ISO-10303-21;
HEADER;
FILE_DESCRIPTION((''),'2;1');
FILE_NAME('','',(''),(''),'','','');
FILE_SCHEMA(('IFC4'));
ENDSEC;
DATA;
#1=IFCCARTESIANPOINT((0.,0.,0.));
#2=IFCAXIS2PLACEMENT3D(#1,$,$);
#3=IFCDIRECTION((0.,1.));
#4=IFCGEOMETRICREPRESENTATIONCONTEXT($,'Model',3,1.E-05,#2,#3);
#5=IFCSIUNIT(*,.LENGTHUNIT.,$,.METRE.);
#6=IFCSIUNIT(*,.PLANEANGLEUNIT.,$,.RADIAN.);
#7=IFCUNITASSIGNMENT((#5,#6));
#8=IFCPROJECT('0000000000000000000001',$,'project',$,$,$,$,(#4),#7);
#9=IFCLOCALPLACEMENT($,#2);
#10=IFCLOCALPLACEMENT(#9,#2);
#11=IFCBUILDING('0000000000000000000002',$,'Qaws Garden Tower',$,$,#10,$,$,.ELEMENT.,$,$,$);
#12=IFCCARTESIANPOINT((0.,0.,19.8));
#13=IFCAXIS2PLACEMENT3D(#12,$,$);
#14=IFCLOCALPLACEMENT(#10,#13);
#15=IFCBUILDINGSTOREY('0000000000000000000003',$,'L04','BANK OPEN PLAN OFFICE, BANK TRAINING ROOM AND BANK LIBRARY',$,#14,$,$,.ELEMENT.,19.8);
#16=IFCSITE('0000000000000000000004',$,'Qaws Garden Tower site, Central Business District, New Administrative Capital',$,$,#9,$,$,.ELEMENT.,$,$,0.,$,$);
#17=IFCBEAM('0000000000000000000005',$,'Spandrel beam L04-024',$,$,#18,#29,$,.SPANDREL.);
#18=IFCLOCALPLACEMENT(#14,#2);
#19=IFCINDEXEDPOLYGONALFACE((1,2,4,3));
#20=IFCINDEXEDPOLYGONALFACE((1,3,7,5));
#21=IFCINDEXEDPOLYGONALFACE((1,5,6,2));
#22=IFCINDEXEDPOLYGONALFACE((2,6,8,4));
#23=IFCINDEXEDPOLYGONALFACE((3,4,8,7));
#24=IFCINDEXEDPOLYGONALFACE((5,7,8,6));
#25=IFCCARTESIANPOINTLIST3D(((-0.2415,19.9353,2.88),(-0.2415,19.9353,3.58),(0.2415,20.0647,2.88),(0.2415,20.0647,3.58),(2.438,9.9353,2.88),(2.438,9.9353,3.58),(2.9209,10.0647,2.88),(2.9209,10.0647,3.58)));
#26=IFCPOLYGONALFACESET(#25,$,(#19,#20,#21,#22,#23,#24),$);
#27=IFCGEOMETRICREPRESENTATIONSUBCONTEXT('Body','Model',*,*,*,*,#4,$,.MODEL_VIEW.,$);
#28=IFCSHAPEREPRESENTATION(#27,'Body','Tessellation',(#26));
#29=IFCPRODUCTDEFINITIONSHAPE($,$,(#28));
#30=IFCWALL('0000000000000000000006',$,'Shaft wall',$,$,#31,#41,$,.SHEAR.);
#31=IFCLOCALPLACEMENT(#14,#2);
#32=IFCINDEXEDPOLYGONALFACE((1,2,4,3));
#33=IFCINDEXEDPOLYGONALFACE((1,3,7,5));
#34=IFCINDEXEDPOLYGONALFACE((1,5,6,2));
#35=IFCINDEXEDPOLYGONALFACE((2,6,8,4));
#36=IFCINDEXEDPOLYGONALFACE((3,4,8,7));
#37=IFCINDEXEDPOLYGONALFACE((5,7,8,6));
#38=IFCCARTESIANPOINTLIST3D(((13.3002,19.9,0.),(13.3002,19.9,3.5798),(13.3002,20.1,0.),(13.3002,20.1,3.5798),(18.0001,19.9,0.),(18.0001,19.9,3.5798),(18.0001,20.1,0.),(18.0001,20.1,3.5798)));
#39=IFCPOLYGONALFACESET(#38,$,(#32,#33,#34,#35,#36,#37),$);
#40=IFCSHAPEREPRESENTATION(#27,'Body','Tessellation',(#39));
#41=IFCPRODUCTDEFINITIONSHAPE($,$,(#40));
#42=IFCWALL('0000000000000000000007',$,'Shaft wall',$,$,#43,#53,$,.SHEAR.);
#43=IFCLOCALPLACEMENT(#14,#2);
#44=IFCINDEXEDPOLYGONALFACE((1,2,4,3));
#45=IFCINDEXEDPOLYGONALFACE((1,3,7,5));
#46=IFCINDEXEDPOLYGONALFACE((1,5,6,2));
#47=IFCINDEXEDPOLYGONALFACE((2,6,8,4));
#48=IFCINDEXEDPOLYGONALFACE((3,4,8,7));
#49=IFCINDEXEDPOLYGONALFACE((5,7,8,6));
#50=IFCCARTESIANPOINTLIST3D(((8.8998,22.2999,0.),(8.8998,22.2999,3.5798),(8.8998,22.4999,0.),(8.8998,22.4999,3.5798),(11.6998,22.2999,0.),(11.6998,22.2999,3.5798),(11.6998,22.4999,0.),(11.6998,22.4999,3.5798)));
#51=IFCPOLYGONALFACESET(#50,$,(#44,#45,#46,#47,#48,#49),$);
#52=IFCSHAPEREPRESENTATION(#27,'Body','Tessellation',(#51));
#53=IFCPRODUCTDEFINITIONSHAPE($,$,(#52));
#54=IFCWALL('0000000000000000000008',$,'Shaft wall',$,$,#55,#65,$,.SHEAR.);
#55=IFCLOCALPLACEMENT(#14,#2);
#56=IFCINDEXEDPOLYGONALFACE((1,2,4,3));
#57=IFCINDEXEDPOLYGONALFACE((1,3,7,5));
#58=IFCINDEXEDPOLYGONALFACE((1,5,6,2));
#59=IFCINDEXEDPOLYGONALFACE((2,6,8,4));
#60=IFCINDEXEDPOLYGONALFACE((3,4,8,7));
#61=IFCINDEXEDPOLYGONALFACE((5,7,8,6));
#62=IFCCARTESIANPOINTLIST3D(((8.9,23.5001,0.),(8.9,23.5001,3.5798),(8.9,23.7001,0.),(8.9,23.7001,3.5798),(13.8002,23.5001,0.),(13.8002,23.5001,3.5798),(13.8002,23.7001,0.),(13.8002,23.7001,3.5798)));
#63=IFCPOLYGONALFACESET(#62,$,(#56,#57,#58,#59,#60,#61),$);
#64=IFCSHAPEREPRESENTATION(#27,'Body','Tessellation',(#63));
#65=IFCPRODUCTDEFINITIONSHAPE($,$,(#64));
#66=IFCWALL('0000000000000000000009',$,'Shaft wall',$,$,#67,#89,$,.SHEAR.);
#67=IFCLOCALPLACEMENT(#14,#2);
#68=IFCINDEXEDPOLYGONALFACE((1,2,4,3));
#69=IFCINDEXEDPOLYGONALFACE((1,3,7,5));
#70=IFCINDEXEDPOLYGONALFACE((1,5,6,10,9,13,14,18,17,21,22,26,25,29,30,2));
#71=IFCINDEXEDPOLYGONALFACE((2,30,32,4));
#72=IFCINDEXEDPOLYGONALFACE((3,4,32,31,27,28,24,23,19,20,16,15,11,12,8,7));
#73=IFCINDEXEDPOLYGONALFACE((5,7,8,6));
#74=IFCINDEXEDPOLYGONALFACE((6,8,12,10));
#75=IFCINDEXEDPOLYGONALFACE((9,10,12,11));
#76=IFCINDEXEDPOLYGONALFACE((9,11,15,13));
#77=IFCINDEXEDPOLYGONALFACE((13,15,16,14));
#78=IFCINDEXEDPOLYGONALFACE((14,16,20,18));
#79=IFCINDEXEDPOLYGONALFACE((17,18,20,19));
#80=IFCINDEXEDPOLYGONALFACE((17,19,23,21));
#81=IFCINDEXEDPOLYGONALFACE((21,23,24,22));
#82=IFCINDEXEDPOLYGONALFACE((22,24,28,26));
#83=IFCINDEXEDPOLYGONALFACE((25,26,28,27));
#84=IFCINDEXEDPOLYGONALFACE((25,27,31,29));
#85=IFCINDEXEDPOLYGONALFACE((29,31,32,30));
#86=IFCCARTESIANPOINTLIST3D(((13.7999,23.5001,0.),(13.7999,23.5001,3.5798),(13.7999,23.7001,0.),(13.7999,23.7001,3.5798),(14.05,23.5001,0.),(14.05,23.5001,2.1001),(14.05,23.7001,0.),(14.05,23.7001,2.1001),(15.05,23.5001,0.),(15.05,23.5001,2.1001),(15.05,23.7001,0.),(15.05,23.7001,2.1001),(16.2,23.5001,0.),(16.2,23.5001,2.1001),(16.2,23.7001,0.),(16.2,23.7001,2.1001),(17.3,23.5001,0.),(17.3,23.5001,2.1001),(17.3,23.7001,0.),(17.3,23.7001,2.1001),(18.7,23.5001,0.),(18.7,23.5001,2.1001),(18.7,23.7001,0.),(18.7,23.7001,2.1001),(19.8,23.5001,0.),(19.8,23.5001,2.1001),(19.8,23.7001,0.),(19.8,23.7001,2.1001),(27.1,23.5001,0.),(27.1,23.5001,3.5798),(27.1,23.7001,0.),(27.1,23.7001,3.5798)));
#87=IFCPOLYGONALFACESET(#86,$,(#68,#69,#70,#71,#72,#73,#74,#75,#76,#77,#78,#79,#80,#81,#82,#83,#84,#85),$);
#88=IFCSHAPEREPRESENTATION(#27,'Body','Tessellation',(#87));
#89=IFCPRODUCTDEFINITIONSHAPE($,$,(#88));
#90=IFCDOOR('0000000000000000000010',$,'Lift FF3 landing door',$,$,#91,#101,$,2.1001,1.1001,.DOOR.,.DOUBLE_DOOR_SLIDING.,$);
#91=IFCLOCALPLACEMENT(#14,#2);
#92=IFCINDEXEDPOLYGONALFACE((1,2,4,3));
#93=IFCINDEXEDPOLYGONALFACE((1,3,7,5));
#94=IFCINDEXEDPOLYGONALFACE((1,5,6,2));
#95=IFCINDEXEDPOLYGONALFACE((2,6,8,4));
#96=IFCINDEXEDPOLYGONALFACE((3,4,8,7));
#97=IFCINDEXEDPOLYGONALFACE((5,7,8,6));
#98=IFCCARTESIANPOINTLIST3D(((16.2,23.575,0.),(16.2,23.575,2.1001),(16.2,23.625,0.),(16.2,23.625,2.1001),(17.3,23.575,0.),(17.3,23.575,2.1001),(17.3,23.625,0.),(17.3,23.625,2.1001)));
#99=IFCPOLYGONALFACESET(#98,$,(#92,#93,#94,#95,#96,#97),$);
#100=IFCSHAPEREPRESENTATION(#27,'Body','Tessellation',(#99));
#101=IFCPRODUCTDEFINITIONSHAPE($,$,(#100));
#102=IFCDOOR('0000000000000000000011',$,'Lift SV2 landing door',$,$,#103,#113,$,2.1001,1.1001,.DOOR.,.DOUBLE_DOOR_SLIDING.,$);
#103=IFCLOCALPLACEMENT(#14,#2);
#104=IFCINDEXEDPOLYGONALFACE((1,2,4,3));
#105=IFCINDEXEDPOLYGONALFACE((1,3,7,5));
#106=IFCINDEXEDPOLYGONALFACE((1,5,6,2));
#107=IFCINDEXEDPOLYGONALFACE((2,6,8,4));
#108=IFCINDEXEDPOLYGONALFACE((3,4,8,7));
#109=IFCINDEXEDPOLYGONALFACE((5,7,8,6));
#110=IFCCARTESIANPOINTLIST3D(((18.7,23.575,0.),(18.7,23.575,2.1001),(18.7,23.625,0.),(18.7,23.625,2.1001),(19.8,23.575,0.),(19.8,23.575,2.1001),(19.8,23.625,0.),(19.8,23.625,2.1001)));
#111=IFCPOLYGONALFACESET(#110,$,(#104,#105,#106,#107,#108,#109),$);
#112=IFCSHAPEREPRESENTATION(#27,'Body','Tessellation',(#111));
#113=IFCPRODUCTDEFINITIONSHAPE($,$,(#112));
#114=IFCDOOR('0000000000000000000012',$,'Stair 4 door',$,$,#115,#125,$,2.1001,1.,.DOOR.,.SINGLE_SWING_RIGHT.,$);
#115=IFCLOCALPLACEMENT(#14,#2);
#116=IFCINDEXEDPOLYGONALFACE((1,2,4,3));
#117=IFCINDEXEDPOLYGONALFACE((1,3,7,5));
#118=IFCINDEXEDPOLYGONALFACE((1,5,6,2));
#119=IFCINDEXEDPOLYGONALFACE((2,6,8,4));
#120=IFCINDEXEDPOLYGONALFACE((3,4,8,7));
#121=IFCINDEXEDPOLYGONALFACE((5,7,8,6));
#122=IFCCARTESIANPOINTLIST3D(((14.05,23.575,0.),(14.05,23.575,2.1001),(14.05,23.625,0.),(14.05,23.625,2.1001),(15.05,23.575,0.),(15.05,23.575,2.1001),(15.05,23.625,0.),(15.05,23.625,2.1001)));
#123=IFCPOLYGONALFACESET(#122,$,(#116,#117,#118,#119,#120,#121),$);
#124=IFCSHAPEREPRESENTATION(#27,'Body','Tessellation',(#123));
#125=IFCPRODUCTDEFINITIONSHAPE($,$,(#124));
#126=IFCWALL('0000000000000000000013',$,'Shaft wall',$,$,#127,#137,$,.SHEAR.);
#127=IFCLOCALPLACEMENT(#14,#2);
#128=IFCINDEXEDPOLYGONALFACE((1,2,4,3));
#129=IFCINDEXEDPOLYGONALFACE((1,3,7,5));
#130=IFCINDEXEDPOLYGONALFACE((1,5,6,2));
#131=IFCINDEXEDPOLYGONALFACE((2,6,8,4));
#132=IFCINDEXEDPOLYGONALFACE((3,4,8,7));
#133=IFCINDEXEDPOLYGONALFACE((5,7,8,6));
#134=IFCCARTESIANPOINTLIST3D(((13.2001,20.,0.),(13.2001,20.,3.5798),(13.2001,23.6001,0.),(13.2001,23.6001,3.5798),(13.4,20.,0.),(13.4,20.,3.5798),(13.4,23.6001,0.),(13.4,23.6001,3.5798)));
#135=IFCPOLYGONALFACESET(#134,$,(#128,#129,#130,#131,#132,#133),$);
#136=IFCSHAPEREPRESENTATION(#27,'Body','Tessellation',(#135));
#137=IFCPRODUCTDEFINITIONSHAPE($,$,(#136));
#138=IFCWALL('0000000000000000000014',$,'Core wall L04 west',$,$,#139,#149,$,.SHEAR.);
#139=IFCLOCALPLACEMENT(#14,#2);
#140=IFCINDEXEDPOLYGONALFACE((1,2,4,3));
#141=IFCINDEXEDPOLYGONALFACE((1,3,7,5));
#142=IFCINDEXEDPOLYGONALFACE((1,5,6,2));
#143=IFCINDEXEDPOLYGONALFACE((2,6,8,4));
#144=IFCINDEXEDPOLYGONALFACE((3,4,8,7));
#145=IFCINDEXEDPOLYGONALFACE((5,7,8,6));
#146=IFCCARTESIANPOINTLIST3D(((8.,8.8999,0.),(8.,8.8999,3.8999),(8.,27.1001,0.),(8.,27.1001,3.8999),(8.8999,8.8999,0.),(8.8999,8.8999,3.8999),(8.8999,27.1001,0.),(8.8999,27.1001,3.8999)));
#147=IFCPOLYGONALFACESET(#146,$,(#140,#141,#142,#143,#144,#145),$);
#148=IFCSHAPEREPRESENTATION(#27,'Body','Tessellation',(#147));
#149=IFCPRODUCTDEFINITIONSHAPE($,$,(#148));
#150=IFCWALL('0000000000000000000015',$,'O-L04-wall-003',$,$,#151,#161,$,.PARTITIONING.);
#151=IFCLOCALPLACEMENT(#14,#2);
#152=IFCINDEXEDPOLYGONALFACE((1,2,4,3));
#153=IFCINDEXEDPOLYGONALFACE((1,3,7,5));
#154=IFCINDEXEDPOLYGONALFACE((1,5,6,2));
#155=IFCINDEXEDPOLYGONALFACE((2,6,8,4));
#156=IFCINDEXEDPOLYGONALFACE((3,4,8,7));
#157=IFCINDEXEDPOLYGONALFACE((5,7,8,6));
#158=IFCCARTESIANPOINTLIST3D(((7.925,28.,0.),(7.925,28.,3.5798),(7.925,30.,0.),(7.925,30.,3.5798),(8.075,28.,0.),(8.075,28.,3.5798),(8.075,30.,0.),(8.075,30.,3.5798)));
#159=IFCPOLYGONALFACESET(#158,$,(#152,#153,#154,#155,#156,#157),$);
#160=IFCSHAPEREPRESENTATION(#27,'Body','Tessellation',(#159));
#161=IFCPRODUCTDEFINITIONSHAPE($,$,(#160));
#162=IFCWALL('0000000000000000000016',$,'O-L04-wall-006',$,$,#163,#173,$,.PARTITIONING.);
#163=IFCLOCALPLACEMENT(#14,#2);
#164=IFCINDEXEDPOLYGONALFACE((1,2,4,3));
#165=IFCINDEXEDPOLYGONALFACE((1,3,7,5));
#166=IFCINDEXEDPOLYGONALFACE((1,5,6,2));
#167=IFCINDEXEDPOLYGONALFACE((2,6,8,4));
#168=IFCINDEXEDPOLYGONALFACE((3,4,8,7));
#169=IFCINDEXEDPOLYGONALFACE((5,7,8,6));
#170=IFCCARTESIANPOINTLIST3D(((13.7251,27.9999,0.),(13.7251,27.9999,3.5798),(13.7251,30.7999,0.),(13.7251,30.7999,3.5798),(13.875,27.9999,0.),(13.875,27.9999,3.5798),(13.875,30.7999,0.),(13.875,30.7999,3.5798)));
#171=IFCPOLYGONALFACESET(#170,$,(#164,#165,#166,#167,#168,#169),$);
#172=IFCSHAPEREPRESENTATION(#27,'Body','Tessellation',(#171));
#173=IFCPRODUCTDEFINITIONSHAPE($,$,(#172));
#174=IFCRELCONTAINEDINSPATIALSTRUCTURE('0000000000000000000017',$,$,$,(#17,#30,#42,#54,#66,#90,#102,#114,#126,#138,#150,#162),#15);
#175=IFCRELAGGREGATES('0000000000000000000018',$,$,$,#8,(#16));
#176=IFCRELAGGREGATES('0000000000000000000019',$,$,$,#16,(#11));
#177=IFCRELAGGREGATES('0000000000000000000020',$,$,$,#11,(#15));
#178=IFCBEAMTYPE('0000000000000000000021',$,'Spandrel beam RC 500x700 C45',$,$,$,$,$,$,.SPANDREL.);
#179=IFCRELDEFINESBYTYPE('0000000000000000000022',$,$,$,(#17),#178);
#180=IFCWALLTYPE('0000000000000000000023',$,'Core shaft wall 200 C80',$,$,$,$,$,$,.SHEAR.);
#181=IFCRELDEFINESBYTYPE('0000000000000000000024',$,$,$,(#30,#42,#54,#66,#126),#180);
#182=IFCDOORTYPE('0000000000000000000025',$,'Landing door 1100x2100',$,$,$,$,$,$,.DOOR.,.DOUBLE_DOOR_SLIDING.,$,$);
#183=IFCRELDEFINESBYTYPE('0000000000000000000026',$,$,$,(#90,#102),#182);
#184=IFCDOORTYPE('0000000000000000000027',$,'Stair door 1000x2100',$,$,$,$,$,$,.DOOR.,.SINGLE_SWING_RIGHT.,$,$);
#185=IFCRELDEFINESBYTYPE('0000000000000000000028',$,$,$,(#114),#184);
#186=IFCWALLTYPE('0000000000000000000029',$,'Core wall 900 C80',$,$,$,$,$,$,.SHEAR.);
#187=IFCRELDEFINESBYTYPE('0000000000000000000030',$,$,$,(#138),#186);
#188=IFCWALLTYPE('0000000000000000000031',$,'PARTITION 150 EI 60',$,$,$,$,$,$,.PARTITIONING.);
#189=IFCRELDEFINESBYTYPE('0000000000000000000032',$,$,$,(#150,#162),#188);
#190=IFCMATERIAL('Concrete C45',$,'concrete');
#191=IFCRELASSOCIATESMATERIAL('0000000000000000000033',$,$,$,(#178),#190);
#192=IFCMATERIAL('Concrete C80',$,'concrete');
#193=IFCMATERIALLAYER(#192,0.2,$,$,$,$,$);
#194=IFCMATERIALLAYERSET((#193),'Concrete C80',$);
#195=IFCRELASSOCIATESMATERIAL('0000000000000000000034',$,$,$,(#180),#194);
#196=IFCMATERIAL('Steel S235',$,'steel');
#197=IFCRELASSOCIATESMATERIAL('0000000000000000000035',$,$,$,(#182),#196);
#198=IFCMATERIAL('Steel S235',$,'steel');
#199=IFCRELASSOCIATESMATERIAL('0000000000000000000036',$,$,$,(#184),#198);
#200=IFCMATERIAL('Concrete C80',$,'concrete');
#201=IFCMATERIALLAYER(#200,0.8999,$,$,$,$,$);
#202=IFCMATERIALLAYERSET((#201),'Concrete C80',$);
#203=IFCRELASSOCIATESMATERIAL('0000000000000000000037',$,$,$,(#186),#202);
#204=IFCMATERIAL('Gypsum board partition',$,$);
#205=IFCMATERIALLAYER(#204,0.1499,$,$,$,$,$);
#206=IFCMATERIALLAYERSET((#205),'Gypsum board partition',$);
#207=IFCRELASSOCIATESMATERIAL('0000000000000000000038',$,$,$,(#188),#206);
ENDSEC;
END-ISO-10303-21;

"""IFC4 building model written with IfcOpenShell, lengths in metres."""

from ifc_helpers import new_model, si_unit, direction, frame, frame_2d, origin, origin_2d, place, context, subcontext, project, spatial, rectangle, extrude, material, layer, layer_set, material_profile, profile_set, type_object, element, fill, save


model = new_model("IFC4")

# Units and contexts
model_context = context("Model", 3, precision=1e-05, world=origin(), true_north=direction((0.0, 1.0)))
body_context = subcontext(model_context, "Body", "Model", "MODEL_VIEW")
ifc_project = project(units=[si_unit("LENGTHUNIT", "METRE"), si_unit("PLANEANGLEUNIT", "RADIAN")], contexts=[model_context])

# Site, building, storey
site_placement = place(None, origin())
site = spatial("IfcSite", under=ifc_project, at=site_placement, Name="Qaws Garden Tower site, Central Business District, New Administrative Capital", CompositionType="ELEMENT", RefElevation=0.0)
building_placement = place(site_placement, origin())
building = spatial("IfcBuilding", under=site, at=building_placement, Name="Qaws Garden Tower", CompositionType="ELEMENT")
storey_placement = place(building_placement, frame((0.0, 0.0, 19.8)))
storey = spatial("IfcBuildingStorey", under=building, at=storey_placement, Name="L04", Description="BANK OPEN PLAN OFFICE, BANK TRAINING ROOM AND BANK LIBRARY", CompositionType="ELEMENT", Elevation=19.8)

# Beam
ifc_material_1 = material(Name="Concrete C45", Category="concrete")
ifc_material_profile = material_profile(ifc_material_1, rectangle(XDim=0.5, YDim=0.7, at=origin_2d()), Name="RC 500x700")
ifc_profile_set = profile_set([ifc_material_profile], Name="Concrete C45")
beam_type = type_object("IfcBeamType", Name="Spandrel beam RC 500x700 C45", PredefinedType="SPANDREL", material=ifc_profile_set)
beam_placement = place(storey_placement, frame((0.0, 20.0, 3.23), z_axis=(0.258815, -0.965927, 0.0), x_axis=(0.965927, 0.258815, 0.0)))
element("IfcBeam", 1, at=beam_placement, inside=storey, type_object=beam_type, Name="Spandrel beam L04-024", PredefinedType="SPANDREL", context=body_context, shape_type="SweptSolid", body=[
    extrude(rectangle(XDim=0.5, YDim=0.7, at=origin_2d()), origin(), (0.0, 0.0, 1.0), 10.3528),
])

# Walls
ifc_material_2 = material(Name="Concrete C80", Category="concrete")
ifc_layer_1 = layer(ifc_material_2, 0.2)
ifc_layer_set_1 = layer_set([ifc_layer_1], Name="Concrete C80")
wall_type_1 = type_object("IfcWallType", Name="Core shaft wall 200 C80", PredefinedType="SHEAR", material=ifc_layer_set_1)
wall_1_placement = place(storey_placement, frame((13.3, 20.0, 0.0), z_axis=(0.0, 0.0, 1.0), x_axis=(1.0, 0.0, 0.0)))
element("IfcWall", 2, at=wall_1_placement, inside=storey, type_object=wall_type_1, Name="Shaft wall", PredefinedType="SHEAR", context=body_context, shape_type="SweptSolid", body=[
    extrude(rectangle(XDim=4.7, YDim=0.2, at=frame_2d((2.3501, 0.0))), origin(), (0.0, 0.0, 1.0), 3.5798),
])
wall_2_placement = place(storey_placement, frame((8.8999, 22.3999, 0.0), z_axis=(0.0, 0.0, 1.0), x_axis=(1.0, 0.0, 0.0)))
element("IfcWall", 3, at=wall_2_placement, inside=storey, type_object=wall_type_1, Name="Shaft wall", PredefinedType="SHEAR", context=body_context, shape_type="SweptSolid", body=[
    extrude(rectangle(XDim=2.8, YDim=0.2, at=frame_2d((1.3999, 0.0))), origin(), (0.0, 0.0, 1.0), 3.5798),
])
wall_3_placement = place(storey_placement, frame((8.8999, 23.6001, 0.0), z_axis=(0.0, 0.0, 1.0), x_axis=(1.0, 0.0, 0.0)))
element("IfcWall", 4, at=wall_3_placement, inside=storey, type_object=wall_type_1, Name="Shaft wall", PredefinedType="SHEAR", context=body_context, shape_type="SweptSolid", body=[
    extrude(rectangle(XDim=4.9001, YDim=0.2, at=frame_2d((2.4502, 0.0))), origin(), (0.0, 0.0, 1.0), 3.5798),
])

# Wall, openings, doors
wall_4_placement = place(storey_placement, frame((13.8, 23.6001, 0.0), z_axis=(0.0, 0.0, 1.0), x_axis=(1.0, 0.0, 0.0)))
wall_4 = element("IfcWall", 5, at=wall_4_placement, inside=storey, type_object=wall_type_1, Name="Shaft wall", PredefinedType="SHEAR", context=body_context, shape_type="SweptSolid", body=[
    extrude(rectangle(XDim=13.3, YDim=0.2, at=frame_2d((6.6499, 0.0))), origin(), (0.0, 0.0, 1.0), 3.5798),
])
opening_1_placement = place(wall_4_placement, frame((2.3999, 0.0, 0.0)))
opening_1 = element("IfcOpeningElement", 6, at=opening_1_placement, cuts=wall_4, PredefinedType="OPENING", context=body_context, shape_type="SweptSolid", body=[
    extrude(rectangle(XDim=1.1001, YDim=2.1001, at=frame_2d((0.55, 1.05))), frame((0.0, 0.1099, 0.0), z_axis=(0.0, -1.0, 0.0), x_axis=(1.0, 0.0, 0.0)), (0.0, 0.0, 1.0), 0.22),
])
opening_2_placement = place(wall_4_placement, frame((4.8999, 0.0, 0.0)))
opening_2 = element("IfcOpeningElement", 7, at=opening_2_placement, cuts=wall_4, PredefinedType="OPENING", context=body_context, shape_type="SweptSolid", body=[
    extrude(rectangle(XDim=1.1001, YDim=2.1001, at=frame_2d((0.55, 1.05))), frame((0.0, 0.1099, 0.0), z_axis=(0.0, -1.0, 0.0), x_axis=(1.0, 0.0, 0.0)), (0.0, 0.0, 1.0), 0.22),
])
opening_3_placement = place(wall_4_placement, frame((0.25, 0.0, 0.0)))
opening_3 = element("IfcOpeningElement", 8, at=opening_3_placement, cuts=wall_4, PredefinedType="OPENING", context=body_context, shape_type="SweptSolid", body=[
    extrude(rectangle(XDim=1.0, YDim=2.1001, at=frame_2d((0.5, 1.05))), frame((0.0, 0.1099, 0.0), z_axis=(0.0, -1.0, 0.0), x_axis=(1.0, 0.0, 0.0)), (0.0, 0.0, 1.0), 0.22),
])
ifc_material_3 = material(Name="Steel S235", Category="steel")
door_type_1 = type_object("IfcDoorType", Name="Landing door 1100x2100", OperationType="DOUBLE_DOOR_SLIDING", PredefinedType="DOOR", material=ifc_material_3)
door_1_placement = place(opening_1_placement, origin())
door_1 = element("IfcDoor", 9, at=door_1_placement, inside=storey, type_object=door_type_1, Name="Lift FF3 landing door", OperationType="DOUBLE_DOOR_SLIDING", OverallHeight=2.1001, OverallWidth=1.1001, PredefinedType="DOOR", context=body_context, shape_type="SweptSolid", body=[
    extrude(rectangle(XDim=1.1001, YDim=2.1001, at=frame_2d((0.55, 1.05))), frame((0.0, 0.0249, 0.0), z_axis=(0.0, -1.0, 0.0), x_axis=(1.0, 0.0, 0.0)), (0.0, 0.0, 1.0), 0.05),
])
fill(opening_1, door_1)
door_2_placement = place(opening_2_placement, origin())
door_2 = element("IfcDoor", 10, at=door_2_placement, inside=storey, type_object=door_type_1, Name="Lift SV2 landing door", OperationType="DOUBLE_DOOR_SLIDING", OverallHeight=2.1001, OverallWidth=1.1001, PredefinedType="DOOR", context=body_context, shape_type="SweptSolid", body=[
    extrude(rectangle(XDim=1.1001, YDim=2.1001, at=frame_2d((0.55, 1.05))), frame((0.0, 0.0249, 0.0), z_axis=(0.0, -1.0, 0.0), x_axis=(1.0, 0.0, 0.0)), (0.0, 0.0, 1.0), 0.05),
])
fill(opening_2, door_2)
ifc_material_4 = material(Name="Steel S235", Category="steel")
door_type_2 = type_object("IfcDoorType", Name="Stair door 1000x2100", OperationType="SINGLE_SWING_RIGHT", PredefinedType="DOOR", material=ifc_material_4)
door_3_placement = place(opening_3_placement, origin())
door_3 = element("IfcDoor", 11, at=door_3_placement, inside=storey, type_object=door_type_2, Name="Stair 4 door", OperationType="SINGLE_SWING_RIGHT", OverallHeight=2.1001, OverallWidth=1.0, PredefinedType="DOOR", context=body_context, shape_type="SweptSolid", body=[
    extrude(rectangle(XDim=1.0, YDim=2.1001, at=frame_2d((0.5, 1.05))), frame((0.0, 0.0249, 0.0), z_axis=(0.0, -1.0, 0.0), x_axis=(1.0, 0.0, 0.0)), (0.0, 0.0, 1.0), 0.05),
])
fill(opening_3, door_3)

# Walls
wall_5_placement = place(storey_placement, frame((13.3, 20.0, 0.0), z_axis=(0.0, 0.0, 1.0), x_axis=(0.0, 1.0, 0.0)))
element("IfcWall", 12, at=wall_5_placement, inside=storey, type_object=wall_type_1, Name="Shaft wall", PredefinedType="SHEAR", context=body_context, shape_type="SweptSolid", body=[
    extrude(rectangle(XDim=3.6001, YDim=0.2, at=frame_2d((1.8, 0.0))), origin(), (0.0, 0.0, 1.0), 3.5798),
])
ifc_material_5 = material(Name="Concrete C80", Category="concrete")
ifc_layer_2 = layer(ifc_material_5, 0.8999)
ifc_layer_set_2 = layer_set([ifc_layer_2], Name="Concrete C80")
wall_type_2 = type_object("IfcWallType", Name="Core wall 900 C80", PredefinedType="SHEAR", material=ifc_layer_set_2)
wall_6_placement = place(storey_placement, frame((8.45, 27.1001, 0.0), z_axis=(0.0, 0.0, 1.0), x_axis=(0.0, -1.0, 0.0)))
element("IfcWall", 13, at=wall_6_placement, inside=storey, type_object=wall_type_2, Name="Core wall L04 west", PredefinedType="SHEAR", context=body_context, shape_type="SweptSolid", body=[
    extrude(rectangle(XDim=18.2002, YDim=0.8999, at=frame_2d((9.1001, 0.0))), origin(), (0.0, 0.0, 1.0), 3.8999),
])
ifc_material_6 = material(Name="Gypsum board partition")
ifc_layer_3 = layer(ifc_material_6, 0.1499)
ifc_layer_set_3 = layer_set([ifc_layer_3], Name="Gypsum board partition")
wall_type_3 = type_object("IfcWallType", Name="PARTITION 150 EI 60", PredefinedType="PARTITIONING", material=ifc_layer_set_3)
wall_7_placement = place(storey_placement, frame((8.0, 28.0, 0.0), z_axis=(0.0, 0.0, 1.0), x_axis=(0.0, 1.0, 0.0)))
element("IfcWall", 14, at=wall_7_placement, inside=storey, type_object=wall_type_3, Name="O-L04-wall-003", PredefinedType="PARTITIONING", context=body_context, shape_type="SweptSolid", body=[
    extrude(rectangle(XDim=2.0, YDim=0.1499, at=frame_2d((1.0, 0.0))), origin(), (0.0, 0.0, 1.0), 3.5798),
])
wall_8_placement = place(storey_placement, frame((13.8, 28.0, 0.0), z_axis=(0.0, 0.0, 1.0), x_axis=(0.0, 1.0, 0.0)))
element("IfcWall", 15, at=wall_8_placement, inside=storey, type_object=wall_type_3, Name="O-L04-wall-006", PredefinedType="PARTITIONING", context=body_context, shape_type="SweptSolid", body=[
    extrude(rectangle(XDim=2.8, YDim=0.1499, at=frame_2d((1.3999, 0.0))), origin(), (0.0, 0.0, 1.0), 3.5798),
])

save(model, "model.ifc")
